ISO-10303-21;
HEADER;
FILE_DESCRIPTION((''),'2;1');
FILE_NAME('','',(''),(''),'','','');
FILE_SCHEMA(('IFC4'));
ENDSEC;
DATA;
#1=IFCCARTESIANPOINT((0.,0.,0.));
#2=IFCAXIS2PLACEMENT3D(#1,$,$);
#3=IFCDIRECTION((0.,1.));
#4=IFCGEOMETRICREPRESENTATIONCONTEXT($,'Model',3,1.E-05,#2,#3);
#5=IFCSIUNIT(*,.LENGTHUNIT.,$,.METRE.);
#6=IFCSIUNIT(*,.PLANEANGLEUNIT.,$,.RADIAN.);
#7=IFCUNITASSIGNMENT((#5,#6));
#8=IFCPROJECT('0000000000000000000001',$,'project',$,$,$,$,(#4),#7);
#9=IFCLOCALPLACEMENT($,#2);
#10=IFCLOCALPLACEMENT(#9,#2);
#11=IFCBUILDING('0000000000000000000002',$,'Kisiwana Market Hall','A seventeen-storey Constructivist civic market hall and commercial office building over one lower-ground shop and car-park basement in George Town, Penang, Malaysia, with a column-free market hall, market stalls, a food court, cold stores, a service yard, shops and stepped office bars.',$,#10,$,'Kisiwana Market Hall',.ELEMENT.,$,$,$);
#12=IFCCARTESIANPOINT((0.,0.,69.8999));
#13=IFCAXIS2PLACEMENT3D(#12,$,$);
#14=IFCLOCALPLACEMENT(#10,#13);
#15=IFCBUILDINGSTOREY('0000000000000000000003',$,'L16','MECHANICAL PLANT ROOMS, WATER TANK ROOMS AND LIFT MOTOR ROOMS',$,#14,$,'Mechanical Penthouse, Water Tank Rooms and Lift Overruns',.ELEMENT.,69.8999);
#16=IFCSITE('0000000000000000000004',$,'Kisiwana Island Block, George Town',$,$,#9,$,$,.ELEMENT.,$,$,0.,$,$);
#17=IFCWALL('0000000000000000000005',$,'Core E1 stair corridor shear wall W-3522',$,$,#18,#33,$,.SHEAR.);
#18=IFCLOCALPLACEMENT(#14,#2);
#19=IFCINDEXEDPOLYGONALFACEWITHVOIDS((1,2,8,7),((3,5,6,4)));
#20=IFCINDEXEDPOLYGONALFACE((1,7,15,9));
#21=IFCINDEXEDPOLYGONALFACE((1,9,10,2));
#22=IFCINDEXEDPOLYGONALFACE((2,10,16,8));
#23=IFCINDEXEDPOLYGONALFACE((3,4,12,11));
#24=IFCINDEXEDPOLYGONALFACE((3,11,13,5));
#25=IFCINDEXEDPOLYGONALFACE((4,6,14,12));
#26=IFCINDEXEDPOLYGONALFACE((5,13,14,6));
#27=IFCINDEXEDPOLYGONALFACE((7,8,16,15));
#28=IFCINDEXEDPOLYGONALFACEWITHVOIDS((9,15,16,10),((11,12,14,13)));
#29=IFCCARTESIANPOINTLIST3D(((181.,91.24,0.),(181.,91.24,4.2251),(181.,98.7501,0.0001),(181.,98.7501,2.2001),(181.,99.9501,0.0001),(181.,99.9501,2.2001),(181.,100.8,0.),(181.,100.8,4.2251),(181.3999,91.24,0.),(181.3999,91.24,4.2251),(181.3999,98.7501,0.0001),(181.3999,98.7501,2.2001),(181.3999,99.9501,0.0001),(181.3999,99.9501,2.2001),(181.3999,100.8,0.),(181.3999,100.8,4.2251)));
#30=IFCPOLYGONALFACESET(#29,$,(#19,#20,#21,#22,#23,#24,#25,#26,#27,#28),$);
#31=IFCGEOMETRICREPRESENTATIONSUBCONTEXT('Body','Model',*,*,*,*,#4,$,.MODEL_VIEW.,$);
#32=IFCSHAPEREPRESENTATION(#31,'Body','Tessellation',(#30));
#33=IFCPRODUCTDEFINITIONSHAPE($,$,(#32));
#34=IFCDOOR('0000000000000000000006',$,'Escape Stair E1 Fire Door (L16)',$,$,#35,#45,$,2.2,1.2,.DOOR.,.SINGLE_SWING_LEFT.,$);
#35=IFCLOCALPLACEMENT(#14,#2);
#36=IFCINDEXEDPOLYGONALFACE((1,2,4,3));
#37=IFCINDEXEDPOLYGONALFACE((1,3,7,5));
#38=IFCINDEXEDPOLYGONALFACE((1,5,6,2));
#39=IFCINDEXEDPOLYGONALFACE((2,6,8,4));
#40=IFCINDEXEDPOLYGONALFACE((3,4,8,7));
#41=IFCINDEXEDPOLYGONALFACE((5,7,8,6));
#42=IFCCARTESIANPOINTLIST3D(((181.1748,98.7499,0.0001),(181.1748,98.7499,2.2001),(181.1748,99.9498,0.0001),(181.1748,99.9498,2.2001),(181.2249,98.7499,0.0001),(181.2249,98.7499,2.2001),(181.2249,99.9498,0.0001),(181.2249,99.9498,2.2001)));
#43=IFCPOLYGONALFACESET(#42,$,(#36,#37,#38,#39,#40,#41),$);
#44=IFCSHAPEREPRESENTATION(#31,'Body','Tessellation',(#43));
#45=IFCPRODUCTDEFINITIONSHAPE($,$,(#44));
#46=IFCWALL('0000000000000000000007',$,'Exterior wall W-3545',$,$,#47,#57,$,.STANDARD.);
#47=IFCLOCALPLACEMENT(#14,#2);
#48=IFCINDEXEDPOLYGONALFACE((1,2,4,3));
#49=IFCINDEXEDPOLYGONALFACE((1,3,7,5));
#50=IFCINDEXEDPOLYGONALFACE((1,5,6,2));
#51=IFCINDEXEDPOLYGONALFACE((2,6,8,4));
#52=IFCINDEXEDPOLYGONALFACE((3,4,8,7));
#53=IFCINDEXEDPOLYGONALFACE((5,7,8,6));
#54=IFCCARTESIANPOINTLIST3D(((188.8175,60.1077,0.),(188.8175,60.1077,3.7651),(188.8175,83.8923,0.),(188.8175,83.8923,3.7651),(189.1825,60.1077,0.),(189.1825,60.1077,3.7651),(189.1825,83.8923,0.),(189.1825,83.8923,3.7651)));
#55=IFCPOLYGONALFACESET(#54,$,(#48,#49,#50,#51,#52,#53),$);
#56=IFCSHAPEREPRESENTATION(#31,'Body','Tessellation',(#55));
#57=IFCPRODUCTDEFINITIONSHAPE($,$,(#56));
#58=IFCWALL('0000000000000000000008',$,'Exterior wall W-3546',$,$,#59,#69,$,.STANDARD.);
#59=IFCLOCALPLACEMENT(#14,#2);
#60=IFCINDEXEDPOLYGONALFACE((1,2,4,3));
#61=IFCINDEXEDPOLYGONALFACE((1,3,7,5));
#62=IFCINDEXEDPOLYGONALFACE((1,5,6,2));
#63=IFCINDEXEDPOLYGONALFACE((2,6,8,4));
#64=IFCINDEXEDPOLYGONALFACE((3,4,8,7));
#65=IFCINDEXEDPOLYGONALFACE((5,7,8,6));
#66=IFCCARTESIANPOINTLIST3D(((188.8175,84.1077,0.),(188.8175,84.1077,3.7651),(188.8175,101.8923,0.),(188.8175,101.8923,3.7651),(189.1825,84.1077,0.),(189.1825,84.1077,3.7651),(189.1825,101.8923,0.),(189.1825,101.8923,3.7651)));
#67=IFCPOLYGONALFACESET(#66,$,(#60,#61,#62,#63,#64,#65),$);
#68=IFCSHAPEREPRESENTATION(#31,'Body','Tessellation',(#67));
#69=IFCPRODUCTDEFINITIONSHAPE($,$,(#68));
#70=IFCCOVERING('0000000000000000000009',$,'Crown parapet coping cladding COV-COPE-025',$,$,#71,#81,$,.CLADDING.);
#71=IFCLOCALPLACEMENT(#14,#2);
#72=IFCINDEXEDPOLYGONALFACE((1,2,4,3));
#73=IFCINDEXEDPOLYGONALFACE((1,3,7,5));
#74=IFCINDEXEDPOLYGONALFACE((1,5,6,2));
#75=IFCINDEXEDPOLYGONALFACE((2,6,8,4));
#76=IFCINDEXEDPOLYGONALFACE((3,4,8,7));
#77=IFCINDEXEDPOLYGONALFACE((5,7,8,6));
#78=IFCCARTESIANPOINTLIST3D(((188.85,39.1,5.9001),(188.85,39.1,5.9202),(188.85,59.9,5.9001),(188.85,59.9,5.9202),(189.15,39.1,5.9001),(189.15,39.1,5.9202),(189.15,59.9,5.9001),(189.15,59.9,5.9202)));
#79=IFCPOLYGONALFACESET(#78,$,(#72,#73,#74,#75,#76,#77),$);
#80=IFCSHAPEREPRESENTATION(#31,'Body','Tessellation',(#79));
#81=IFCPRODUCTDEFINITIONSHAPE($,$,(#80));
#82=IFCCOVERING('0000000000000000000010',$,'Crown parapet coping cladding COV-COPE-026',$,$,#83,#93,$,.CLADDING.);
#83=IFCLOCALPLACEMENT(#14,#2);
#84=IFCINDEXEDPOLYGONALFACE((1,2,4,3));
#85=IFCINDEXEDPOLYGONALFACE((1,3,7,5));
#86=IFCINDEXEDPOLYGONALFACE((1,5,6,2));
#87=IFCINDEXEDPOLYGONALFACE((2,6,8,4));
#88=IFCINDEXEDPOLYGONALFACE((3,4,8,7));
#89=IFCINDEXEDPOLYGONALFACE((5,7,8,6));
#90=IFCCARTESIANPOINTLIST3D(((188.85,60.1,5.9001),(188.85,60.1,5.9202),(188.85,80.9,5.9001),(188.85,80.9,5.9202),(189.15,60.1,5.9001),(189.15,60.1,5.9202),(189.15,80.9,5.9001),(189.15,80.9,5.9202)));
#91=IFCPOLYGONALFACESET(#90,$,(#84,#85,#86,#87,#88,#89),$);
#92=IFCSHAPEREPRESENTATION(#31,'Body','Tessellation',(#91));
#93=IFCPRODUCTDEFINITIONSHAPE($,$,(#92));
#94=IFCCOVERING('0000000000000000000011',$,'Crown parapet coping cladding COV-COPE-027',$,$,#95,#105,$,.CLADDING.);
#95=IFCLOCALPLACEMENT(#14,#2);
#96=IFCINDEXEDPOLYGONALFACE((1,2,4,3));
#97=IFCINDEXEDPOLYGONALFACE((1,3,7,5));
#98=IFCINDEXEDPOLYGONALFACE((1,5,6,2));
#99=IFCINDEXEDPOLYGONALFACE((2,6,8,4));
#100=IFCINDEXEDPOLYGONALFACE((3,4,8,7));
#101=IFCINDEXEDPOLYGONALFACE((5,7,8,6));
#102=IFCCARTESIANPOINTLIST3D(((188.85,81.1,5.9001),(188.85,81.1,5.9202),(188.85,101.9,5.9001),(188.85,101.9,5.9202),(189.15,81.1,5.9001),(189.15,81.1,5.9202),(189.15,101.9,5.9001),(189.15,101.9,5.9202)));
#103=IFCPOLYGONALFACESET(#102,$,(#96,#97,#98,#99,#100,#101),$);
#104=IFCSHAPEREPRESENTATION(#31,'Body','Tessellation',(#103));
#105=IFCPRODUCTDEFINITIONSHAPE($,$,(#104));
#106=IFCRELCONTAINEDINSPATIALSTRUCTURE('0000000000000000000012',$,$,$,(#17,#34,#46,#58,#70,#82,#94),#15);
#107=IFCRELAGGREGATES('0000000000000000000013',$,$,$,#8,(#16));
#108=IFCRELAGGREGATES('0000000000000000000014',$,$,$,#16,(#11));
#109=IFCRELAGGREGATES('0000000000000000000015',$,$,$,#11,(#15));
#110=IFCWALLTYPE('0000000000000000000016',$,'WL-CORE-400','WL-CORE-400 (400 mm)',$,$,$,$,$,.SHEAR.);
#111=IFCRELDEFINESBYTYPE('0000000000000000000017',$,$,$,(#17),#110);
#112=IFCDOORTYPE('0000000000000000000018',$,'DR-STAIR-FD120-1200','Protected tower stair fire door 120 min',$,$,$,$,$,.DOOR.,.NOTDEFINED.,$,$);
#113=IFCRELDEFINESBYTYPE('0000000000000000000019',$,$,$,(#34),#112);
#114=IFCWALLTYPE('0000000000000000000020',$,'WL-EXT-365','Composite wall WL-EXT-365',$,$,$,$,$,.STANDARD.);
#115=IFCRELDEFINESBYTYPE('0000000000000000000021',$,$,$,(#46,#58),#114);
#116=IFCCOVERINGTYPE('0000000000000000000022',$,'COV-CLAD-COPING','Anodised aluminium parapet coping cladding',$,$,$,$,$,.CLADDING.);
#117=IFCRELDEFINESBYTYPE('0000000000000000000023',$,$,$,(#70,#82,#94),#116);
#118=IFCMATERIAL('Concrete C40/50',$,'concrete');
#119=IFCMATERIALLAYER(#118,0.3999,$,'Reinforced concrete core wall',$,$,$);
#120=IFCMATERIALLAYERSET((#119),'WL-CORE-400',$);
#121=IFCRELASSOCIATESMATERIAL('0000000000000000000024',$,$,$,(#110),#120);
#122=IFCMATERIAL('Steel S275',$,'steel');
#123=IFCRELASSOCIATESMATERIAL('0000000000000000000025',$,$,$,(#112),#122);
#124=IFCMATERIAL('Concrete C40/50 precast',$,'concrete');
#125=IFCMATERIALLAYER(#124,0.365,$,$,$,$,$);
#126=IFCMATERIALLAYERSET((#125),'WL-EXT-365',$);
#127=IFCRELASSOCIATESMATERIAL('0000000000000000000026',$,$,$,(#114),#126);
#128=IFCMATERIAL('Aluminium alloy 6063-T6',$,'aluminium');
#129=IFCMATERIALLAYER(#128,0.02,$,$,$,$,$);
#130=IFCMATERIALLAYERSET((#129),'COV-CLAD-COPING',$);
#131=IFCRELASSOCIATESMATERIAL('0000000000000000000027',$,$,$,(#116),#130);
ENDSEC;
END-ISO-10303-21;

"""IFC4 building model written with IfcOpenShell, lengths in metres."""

from ifc_helpers import new_model, si_unit, direction, frame, frame_2d, origin, origin_2d, place, context, subcontext, project, spatial, rectangle, extrude, material, layer, layer_set, type_object, element, fill, save


model = new_model("IFC4")

# Units and contexts
model_context = context("Model", 3, precision=1e-05, world=origin(), true_north=direction((0.0, 1.0)))
body_context = subcontext(model_context, "Body", "Model", "MODEL_VIEW")
ifc_project = project(units=[si_unit("LENGTHUNIT", "METRE"), si_unit("PLANEANGLEUNIT", "RADIAN")], contexts=[model_context])

# Site, building, storey
site_placement = place(None, origin())
site = spatial("IfcSite", under=ifc_project, at=site_placement, Name="Kisiwana Island Block, George Town", CompositionType="ELEMENT", RefElevation=0.0)
building_placement = place(site_placement, origin())
building = spatial("IfcBuilding", under=site, at=building_placement, Name="Kisiwana Market Hall", Description="A seventeen-storey Constructivist civic market hall and commercial office building over one lower-ground shop and car-park basement in George Town, Penang, Malaysia, with a column-free market hall, market stalls, a food court, cold stores, a service yard, shops and stepped office bars.", LongName="Kisiwana Market Hall", CompositionType="ELEMENT")
storey_placement = place(building_placement, frame((0.0, 0.0, 69.8999)))
storey = spatial("IfcBuildingStorey", under=building, at=storey_placement, Name="L16", Description="MECHANICAL PLANT ROOMS, WATER TANK ROOMS AND LIFT MOTOR ROOMS", LongName="Mechanical Penthouse, Water Tank Rooms and Lift Overruns", CompositionType="ELEMENT", Elevation=69.8999)

# Shared definitions
ifc_material_1 = material(Name="Concrete C40/50", Category="concrete")
ifc_layer_1 = layer(ifc_material_1, 0.3999, Name="Reinforced concrete core wall")
ifc_layer_set_1 = layer_set([ifc_layer_1], Name="WL-CORE-400")
wall_type_1 = type_object("IfcWallType", Name="WL-CORE-400", Description="WL-CORE-400 (400 mm)", PredefinedType="SHEAR", material=ifc_layer_set_1)

# Wall, opening, door
wall_1_placement = place(storey_placement, frame((181.2, 91.24, 0.0), z_axis=(0.0, 0.0, 1.0), x_axis=(0.0, 1.0, 0.0)))
wall_1 = element("IfcWall", 1, at=wall_1_placement, inside=storey, type_object=wall_type_1, Name="Core E1 stair corridor shear wall W-3522", PredefinedType="SHEAR", context=body_context, shape_type="SweptSolid", body=[
    extrude(rectangle(XDim=9.5601, YDim=0.3999, at=frame_2d((4.78, 0.0))), origin(), (0.0, 0.0, 1.0), 4.2251),
])
opening_1_placement = place(wall_1_placement, frame((7.51, 0.0, 0.0)))
opening_1 = element("IfcOpeningElement", 2, at=opening_1_placement, cuts=wall_1, PredefinedType="OPENING", context=body_context, shape_type="SweptSolid", body=[
    extrude(rectangle(XDim=1.2, YDim=2.2, at=frame_2d((0.6001, 1.1001))), frame((0.0, 0.2119, 0.0), z_axis=(0.0, -1.0, 0.0), x_axis=(1.0, 0.0, 0.0)), (0.0, 0.0, 1.0), 0.4238),
])
ifc_material_2 = material(Name="Steel S275", Category="steel")
door_type_1 = type_object("IfcDoorType", Name="DR-STAIR-FD120-1200", Description="Protected tower stair fire door 120 min", OperationType="NOTDEFINED", PredefinedType="DOOR", material=ifc_material_2)
door_1_placement = place(opening_1_placement, frame((1.2, 0.0, 0.0), z_axis=(0.0, 0.0, 1.0), x_axis=(-1.0, 0.0, 0.0)))
door_1 = element("IfcDoor", 3, at=door_1_placement, inside=storey, type_object=door_type_1, Name="Escape Stair E1 Fire Door (L16)", OperationType="SINGLE_SWING_LEFT", OverallHeight=2.2, OverallWidth=1.2, PredefinedType="DOOR", context=body_context, shape_type="SweptSolid", body=[
    extrude(rectangle(XDim=1.2, YDim=2.2, at=frame_2d((0.6001, 1.1001))), frame((0.0, 0.0249, 0.0), z_axis=(0.0, -1.0, 0.0), x_axis=(1.0, 0.0, 0.0)), (0.0, 0.0, 1.0), 0.05),
])
fill(opening_1, door_1)

# Walls
ifc_material_3 = material(Name="Concrete C40/50 precast", Category="concrete")
ifc_layer_2 = layer(ifc_material_3, 0.365)
ifc_layer_set_2 = layer_set([ifc_layer_2], Name="WL-EXT-365")
wall_type_2 = type_object("IfcWallType", Name="WL-EXT-365", Description="Composite wall WL-EXT-365", PredefinedType="STANDARD", material=ifc_layer_set_2)
wall_2_placement = place(storey_placement, frame((189.0, 60.1077, 0.0), z_axis=(0.0, 0.0, 1.0), x_axis=(0.0, 1.0, 0.0)))
element("IfcWall", 4, at=wall_2_placement, inside=storey, type_object=wall_type_2, Name="Exterior wall W-3545", PredefinedType="STANDARD", context=body_context, shape_type="SweptSolid", body=[
    extrude(rectangle(XDim=23.7847, YDim=0.365, at=frame_2d((11.8923, 0.0))), origin(), (0.0, 0.0, 1.0), 3.7651),
])
wall_3_placement = place(storey_placement, frame((189.0, 84.1077, 0.0), z_axis=(0.0, 0.0, 1.0), x_axis=(0.0, 1.0, 0.0)))
element("IfcWall", 5, at=wall_3_placement, inside=storey, type_object=wall_type_2, Name="Exterior wall W-3546", PredefinedType="STANDARD", context=body_context, shape_type="SweptSolid", body=[
    extrude(rectangle(XDim=17.7847, YDim=0.365, at=frame_2d((8.8923, 0.0))), origin(), (0.0, 0.0, 1.0), 3.7651),
])

# Coverings
ifc_material_4 = material(Name="Aluminium alloy 6063-T6", Category="aluminium")
ifc_layer_3 = layer(ifc_material_4, 0.02)
ifc_layer_set_3 = layer_set([ifc_layer_3], Name="COV-CLAD-COPING")
covering_type = type_object("IfcCoveringType", Name="COV-CLAD-COPING", Description="Anodised aluminium parapet coping cladding", PredefinedType="CLADDING", material=ifc_layer_set_3)
for number, where, z_axis, x_axis, name in (
    (6, (189.0, 49.5, 5.9001), (0.0, 0.0, 1.0), (1.0, 0.0, 0.0), "Crown parapet coping cladding COV-COPE-025"),
    (7, (189.0, 70.5, 5.9001), (0.0, 0.0, 1.0), (1.0, 0.0, 0.0), "Crown parapet coping cladding COV-COPE-026"),
    (8, (189.0, 91.5, 5.9001), (0.0, 0.0, 1.0), (1.0, 0.0, 0.0), "Crown parapet coping cladding COV-COPE-027"),
):
    element("IfcCovering", number, at=place(storey_placement, frame(where, z_axis=z_axis, x_axis=x_axis)), inside=storey, type_object=covering_type, Name=name, PredefinedType="CLADDING", context=body_context, shape_type="SweptSolid", body=[
        extrude(rectangle(XDim=0.3, YDim=20.8, at=origin_2d()), origin(), (0.0, 0.0, 1.0), 0.02),
    ])

save(model, "model.ifc")
